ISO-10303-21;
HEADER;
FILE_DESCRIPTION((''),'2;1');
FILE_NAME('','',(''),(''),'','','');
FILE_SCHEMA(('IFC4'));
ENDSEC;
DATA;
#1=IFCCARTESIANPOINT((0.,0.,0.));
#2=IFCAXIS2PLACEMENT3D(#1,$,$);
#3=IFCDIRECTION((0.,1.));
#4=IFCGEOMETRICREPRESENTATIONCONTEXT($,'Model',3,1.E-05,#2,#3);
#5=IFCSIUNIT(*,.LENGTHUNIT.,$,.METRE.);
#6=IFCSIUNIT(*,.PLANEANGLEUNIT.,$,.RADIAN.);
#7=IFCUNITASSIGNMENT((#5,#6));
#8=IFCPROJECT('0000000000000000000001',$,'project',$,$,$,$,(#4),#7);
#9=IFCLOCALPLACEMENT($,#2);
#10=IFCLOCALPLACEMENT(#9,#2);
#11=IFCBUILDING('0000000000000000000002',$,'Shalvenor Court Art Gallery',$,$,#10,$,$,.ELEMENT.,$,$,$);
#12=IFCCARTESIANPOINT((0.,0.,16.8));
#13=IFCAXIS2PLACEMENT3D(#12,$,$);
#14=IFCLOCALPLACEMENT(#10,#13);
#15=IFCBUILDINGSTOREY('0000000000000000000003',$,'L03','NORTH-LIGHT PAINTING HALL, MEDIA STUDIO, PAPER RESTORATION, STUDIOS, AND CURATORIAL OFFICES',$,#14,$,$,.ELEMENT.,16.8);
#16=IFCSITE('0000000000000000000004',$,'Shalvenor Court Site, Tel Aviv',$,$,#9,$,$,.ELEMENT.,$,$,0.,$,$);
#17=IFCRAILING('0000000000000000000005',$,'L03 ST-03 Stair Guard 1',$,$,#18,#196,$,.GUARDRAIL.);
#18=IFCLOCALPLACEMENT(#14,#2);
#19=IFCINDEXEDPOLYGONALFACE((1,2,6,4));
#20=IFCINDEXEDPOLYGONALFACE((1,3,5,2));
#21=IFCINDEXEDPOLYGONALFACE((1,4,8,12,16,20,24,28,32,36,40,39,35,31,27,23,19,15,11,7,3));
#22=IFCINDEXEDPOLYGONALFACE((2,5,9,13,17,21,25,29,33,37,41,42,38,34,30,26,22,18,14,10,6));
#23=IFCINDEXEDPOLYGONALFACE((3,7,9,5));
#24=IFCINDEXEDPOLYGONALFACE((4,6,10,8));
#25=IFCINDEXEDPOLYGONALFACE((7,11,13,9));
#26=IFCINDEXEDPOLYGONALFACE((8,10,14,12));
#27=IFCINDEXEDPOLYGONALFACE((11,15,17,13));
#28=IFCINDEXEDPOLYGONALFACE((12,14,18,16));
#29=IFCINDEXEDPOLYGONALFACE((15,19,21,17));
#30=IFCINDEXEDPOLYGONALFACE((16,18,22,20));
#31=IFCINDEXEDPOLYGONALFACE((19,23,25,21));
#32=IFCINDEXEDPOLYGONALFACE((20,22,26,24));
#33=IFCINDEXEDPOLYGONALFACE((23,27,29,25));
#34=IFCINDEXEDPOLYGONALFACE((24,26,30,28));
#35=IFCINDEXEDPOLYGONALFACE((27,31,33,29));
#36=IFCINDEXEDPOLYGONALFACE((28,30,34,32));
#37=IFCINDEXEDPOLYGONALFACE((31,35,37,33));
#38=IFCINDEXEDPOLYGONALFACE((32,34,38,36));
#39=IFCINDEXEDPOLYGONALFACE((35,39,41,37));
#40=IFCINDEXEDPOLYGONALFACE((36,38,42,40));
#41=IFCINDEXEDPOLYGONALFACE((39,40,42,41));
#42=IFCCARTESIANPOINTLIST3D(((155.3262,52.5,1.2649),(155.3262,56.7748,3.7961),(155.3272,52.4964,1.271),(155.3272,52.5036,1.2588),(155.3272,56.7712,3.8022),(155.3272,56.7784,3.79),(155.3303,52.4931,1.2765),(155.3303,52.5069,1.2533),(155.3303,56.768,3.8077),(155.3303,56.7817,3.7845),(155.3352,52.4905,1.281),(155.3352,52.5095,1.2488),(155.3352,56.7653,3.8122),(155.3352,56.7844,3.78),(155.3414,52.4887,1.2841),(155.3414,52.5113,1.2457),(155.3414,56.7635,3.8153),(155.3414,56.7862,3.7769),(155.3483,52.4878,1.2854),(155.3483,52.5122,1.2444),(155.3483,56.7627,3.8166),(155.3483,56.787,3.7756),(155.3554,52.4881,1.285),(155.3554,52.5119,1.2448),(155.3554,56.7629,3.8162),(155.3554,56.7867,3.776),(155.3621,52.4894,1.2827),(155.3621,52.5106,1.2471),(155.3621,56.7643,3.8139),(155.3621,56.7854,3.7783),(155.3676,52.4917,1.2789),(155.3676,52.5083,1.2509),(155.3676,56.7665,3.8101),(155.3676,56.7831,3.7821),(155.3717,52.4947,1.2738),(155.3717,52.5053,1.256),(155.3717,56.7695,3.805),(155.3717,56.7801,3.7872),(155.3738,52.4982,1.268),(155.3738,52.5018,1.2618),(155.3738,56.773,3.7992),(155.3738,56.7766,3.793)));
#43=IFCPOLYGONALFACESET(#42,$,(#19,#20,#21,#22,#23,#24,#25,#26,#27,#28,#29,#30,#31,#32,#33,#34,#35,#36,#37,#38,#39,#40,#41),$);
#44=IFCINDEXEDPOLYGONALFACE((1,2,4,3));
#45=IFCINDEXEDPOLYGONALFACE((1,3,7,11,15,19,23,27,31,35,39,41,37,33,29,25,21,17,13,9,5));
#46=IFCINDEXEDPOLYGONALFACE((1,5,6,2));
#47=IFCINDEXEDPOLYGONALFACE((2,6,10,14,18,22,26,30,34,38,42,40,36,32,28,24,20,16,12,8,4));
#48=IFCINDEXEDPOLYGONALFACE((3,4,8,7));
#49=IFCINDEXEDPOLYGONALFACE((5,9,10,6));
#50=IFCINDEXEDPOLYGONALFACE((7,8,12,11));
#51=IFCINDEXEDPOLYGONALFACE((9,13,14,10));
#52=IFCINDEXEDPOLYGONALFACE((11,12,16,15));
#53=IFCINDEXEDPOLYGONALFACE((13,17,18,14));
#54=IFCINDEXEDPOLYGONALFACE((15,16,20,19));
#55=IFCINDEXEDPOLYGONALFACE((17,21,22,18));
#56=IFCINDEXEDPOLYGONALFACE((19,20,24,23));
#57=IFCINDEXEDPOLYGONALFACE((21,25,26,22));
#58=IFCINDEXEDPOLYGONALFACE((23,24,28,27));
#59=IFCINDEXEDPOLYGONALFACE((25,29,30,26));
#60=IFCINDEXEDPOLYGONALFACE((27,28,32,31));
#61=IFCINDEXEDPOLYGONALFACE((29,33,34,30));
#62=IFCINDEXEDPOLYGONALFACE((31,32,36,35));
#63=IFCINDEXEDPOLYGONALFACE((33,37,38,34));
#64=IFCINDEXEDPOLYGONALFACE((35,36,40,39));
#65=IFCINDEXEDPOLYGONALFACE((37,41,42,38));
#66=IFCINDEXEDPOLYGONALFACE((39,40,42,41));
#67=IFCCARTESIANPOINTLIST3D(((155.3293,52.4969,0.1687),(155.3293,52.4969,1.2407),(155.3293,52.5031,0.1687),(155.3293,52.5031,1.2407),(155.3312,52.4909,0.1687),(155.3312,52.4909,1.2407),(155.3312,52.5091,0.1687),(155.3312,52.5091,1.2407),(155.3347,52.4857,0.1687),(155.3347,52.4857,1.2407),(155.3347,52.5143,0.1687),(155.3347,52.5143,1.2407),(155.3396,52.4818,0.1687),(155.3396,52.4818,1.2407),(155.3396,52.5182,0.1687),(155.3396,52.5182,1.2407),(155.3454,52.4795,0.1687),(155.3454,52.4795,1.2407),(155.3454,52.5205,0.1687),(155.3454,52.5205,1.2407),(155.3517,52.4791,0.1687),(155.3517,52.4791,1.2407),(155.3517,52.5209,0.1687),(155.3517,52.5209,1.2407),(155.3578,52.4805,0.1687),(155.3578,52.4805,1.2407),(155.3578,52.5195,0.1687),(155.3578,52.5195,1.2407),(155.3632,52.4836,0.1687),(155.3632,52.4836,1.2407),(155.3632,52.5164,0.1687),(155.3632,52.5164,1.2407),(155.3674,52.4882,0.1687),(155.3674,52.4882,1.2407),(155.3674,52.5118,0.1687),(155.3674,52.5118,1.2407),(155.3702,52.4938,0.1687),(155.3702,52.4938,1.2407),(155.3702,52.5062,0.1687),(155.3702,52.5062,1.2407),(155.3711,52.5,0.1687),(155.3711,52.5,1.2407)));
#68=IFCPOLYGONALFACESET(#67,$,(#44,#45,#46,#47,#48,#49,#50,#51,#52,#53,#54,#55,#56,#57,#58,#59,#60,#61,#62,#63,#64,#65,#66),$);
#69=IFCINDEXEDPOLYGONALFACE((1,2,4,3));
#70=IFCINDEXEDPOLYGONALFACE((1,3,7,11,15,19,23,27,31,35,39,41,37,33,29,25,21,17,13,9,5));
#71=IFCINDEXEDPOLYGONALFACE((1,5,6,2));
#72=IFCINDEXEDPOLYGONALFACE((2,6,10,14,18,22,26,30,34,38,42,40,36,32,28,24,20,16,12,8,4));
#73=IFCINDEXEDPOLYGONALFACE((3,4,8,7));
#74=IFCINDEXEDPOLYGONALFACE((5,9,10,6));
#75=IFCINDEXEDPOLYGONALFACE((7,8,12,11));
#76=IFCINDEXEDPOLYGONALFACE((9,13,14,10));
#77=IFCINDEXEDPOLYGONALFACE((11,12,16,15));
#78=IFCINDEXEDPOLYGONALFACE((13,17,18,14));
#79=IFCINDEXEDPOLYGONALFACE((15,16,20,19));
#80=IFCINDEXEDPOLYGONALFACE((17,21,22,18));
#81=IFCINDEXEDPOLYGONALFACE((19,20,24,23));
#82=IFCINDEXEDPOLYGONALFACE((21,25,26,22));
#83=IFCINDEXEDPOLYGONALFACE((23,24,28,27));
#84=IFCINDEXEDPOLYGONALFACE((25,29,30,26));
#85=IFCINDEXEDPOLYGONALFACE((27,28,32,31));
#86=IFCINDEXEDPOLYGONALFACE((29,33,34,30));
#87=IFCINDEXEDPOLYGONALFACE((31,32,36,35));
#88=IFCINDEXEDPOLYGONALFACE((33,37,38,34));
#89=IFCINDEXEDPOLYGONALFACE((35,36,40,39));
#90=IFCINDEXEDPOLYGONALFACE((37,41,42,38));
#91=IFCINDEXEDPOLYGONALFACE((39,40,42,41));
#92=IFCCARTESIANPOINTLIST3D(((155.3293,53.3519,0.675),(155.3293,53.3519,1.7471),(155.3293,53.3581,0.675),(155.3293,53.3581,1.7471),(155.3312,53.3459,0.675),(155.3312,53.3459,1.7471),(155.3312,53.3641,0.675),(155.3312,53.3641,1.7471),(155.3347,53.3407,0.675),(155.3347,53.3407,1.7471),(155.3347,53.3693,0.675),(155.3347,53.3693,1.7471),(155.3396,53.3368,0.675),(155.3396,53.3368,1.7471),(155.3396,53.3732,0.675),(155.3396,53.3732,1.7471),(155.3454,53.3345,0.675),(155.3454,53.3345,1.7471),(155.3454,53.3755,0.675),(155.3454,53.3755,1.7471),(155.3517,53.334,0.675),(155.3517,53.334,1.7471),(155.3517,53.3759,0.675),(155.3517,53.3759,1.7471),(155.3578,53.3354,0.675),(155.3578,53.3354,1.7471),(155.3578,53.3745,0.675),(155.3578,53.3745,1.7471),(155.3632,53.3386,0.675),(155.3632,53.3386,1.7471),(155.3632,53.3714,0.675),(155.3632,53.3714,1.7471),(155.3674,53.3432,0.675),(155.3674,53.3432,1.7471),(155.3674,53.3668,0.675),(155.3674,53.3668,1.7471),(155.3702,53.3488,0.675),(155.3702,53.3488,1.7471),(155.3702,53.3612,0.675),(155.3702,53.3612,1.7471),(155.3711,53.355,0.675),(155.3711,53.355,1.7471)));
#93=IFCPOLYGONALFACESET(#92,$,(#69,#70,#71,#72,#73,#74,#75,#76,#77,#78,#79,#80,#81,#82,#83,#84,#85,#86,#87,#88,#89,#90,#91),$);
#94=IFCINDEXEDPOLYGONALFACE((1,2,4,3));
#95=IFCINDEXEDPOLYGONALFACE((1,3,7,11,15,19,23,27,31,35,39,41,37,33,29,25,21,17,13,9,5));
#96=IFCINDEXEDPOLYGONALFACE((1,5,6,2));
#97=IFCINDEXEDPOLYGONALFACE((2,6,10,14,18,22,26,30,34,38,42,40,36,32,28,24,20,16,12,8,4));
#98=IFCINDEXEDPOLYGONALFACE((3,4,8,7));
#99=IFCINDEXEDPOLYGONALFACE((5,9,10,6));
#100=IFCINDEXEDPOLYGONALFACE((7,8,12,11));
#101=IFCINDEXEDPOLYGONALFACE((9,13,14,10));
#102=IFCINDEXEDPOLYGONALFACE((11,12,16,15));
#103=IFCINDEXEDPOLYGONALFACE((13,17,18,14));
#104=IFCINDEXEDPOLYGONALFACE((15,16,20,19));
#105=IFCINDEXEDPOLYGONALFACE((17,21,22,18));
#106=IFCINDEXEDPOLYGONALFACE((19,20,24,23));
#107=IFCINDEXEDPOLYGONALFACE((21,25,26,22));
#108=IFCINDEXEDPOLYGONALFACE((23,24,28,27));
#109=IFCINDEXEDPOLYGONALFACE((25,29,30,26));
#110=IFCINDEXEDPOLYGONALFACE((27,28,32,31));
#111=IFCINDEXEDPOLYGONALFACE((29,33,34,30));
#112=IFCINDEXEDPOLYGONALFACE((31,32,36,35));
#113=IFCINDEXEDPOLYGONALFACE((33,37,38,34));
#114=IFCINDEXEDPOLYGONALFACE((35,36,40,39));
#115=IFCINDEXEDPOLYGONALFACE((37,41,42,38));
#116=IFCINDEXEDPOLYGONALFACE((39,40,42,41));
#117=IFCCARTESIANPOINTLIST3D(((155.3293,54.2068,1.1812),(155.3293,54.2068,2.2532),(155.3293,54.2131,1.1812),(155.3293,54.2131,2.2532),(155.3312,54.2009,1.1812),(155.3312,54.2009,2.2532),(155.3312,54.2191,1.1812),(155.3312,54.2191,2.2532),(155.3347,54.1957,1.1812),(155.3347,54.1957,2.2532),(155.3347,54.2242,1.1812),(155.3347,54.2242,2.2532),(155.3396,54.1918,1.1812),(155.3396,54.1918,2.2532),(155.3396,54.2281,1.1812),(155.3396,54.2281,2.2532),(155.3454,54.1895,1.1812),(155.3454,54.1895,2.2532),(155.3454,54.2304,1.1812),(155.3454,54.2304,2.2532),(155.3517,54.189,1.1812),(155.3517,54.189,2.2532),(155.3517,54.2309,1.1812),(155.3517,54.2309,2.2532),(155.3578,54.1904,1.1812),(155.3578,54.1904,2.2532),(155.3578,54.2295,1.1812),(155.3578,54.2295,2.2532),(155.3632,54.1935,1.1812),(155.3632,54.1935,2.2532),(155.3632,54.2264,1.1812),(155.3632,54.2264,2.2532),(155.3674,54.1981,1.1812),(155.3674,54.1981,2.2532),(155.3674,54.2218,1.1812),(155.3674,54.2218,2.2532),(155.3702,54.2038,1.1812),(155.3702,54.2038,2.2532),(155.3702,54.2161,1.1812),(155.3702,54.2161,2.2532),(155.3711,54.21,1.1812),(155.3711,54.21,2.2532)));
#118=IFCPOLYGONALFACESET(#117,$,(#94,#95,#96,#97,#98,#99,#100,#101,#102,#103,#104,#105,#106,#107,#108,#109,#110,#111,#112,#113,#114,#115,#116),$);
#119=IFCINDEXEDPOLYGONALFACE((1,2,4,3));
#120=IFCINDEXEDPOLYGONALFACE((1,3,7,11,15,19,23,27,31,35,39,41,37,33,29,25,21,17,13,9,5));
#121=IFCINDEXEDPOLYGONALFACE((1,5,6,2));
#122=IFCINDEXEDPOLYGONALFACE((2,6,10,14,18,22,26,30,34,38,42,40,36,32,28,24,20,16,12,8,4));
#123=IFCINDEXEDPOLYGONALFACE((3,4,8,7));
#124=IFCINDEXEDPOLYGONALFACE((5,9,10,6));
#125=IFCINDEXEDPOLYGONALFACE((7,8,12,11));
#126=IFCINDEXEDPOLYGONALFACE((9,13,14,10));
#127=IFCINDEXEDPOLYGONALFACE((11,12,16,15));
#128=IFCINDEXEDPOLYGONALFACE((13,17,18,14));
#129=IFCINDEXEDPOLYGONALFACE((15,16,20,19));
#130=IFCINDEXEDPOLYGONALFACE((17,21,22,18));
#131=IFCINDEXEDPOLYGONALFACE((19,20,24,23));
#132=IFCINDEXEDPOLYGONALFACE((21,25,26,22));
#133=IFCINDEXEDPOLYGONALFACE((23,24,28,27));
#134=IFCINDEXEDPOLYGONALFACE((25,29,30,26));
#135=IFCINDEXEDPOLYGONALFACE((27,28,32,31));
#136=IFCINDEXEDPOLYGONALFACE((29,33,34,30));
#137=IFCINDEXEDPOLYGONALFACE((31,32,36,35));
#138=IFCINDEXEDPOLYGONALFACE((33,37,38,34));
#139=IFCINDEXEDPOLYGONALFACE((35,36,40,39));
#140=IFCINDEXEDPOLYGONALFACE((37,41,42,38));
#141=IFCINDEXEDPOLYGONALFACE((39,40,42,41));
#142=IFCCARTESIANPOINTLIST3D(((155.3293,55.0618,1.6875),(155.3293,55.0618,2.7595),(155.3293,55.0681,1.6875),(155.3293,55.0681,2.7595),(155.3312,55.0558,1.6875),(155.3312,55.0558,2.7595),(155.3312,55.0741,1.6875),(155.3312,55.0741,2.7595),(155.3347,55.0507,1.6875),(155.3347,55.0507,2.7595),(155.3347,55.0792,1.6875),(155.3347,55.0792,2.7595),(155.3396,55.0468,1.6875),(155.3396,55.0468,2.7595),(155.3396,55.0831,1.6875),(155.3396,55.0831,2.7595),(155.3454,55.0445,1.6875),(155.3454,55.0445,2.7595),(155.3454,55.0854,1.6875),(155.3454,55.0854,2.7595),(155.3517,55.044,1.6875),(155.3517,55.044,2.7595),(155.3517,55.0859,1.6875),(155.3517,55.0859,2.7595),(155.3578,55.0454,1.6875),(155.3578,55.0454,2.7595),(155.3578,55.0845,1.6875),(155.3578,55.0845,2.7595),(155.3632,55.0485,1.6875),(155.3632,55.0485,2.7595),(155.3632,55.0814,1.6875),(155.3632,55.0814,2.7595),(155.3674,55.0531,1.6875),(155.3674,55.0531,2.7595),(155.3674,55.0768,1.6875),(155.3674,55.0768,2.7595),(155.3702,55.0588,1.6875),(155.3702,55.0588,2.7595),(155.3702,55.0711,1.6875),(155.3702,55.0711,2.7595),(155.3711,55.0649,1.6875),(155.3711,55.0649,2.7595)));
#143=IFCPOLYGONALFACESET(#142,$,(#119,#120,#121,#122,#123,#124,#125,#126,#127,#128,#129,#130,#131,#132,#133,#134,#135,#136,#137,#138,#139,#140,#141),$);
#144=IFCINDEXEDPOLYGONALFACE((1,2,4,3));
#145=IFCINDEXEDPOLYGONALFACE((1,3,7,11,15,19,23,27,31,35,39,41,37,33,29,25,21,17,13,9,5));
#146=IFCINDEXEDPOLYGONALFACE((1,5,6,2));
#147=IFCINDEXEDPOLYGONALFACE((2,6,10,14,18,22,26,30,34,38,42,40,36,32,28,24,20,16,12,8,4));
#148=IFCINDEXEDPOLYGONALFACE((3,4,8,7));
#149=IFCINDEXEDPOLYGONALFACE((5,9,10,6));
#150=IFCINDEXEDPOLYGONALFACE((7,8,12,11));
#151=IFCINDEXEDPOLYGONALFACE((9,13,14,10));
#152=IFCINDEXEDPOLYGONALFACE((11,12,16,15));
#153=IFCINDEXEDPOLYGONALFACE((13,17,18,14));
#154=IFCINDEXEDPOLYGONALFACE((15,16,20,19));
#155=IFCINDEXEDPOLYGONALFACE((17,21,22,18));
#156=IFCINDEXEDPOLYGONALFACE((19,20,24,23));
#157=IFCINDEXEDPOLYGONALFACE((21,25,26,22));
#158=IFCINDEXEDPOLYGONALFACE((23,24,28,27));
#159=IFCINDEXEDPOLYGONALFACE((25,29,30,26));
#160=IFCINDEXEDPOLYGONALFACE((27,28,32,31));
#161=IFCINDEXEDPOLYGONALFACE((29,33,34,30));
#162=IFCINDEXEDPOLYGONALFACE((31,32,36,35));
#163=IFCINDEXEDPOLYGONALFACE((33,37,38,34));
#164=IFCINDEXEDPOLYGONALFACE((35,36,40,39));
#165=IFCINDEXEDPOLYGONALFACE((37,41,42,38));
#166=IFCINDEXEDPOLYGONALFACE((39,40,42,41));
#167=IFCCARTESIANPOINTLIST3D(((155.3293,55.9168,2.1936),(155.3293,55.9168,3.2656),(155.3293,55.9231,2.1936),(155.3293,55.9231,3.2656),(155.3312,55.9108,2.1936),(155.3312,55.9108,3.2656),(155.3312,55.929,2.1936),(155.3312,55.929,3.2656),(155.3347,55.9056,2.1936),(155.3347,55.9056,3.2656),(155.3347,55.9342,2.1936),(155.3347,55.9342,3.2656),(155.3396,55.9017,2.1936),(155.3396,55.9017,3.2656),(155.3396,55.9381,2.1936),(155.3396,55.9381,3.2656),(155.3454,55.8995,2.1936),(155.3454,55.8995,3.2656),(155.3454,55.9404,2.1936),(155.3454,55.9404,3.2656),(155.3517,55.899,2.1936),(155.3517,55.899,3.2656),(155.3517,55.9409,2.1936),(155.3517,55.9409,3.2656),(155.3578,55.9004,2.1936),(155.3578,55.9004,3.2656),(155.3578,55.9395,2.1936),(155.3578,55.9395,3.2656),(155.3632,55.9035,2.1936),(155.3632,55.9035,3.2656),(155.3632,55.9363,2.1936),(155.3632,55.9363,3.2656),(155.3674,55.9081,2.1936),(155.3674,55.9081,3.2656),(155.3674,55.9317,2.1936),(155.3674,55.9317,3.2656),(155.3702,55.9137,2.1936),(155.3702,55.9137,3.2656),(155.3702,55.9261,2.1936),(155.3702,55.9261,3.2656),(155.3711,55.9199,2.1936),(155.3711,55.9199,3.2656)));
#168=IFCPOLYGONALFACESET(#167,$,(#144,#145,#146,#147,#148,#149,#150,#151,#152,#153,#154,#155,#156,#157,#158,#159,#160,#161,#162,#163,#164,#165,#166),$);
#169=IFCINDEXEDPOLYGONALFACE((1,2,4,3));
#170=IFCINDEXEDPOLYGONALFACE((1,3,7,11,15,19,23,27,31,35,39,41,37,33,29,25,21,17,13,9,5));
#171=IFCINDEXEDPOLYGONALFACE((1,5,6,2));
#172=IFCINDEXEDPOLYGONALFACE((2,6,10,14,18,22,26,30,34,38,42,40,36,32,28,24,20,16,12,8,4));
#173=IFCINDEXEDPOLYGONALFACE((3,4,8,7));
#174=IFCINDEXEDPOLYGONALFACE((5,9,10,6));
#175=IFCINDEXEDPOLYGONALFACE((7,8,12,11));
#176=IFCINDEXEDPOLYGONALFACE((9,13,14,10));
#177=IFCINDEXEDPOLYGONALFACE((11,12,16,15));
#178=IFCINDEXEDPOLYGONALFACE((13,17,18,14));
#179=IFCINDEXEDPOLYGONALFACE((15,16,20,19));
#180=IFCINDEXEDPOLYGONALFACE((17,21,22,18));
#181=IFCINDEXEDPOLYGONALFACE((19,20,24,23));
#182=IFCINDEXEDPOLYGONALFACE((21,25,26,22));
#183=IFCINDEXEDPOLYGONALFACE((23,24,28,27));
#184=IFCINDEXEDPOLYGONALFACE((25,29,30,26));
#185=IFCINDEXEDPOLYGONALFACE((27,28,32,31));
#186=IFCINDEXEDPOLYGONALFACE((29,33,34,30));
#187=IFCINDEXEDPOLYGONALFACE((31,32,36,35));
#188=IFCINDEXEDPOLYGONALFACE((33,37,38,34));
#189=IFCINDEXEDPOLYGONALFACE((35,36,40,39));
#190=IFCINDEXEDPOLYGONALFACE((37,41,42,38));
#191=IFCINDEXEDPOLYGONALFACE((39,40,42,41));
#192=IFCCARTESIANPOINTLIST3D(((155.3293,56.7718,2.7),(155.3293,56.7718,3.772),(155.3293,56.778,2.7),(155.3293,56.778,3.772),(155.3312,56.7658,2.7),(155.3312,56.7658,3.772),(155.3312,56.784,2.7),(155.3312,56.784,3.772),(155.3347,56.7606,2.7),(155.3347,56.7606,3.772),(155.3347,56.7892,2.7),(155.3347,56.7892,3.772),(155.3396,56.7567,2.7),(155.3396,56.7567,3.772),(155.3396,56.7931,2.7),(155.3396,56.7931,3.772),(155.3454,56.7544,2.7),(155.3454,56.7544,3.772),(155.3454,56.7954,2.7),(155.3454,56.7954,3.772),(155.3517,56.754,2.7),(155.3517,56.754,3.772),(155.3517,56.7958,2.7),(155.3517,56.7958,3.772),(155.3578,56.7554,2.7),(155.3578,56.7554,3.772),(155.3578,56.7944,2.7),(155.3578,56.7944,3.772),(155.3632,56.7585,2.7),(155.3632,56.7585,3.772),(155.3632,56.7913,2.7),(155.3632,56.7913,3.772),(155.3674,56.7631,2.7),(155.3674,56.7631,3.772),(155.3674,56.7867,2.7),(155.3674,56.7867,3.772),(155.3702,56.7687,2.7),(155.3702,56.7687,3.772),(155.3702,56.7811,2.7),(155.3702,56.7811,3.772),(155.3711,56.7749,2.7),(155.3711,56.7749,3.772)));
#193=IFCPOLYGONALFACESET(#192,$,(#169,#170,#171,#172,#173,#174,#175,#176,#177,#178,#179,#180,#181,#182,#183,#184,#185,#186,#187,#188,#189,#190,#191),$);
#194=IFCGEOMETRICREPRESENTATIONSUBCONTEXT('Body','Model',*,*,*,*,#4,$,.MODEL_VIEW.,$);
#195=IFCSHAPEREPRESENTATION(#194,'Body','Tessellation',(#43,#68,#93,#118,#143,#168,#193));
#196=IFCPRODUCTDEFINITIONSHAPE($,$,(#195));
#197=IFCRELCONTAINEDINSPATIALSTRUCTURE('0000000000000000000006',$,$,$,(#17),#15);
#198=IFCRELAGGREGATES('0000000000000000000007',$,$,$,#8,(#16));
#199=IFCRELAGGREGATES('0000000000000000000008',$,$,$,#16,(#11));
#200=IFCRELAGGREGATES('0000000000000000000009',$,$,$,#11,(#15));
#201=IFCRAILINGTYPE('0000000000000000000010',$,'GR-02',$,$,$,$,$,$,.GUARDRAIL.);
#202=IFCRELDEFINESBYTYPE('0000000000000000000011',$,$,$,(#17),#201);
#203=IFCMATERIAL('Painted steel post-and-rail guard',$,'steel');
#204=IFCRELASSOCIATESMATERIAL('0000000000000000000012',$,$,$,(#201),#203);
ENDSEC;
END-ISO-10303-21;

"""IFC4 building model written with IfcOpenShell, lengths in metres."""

from ifc_helpers import new_model, si_unit, direction, frame, origin, origin_2d, place, context, subcontext, project, spatial, circle, extrude, material, type_object, element, save


model = new_model("IFC4")

# Units and contexts
model_context = context("Model", 3, precision=1e-05, world=origin(), true_north=direction((0.0, 1.0)))
body_context = subcontext(model_context, "Body", "Model", "MODEL_VIEW")
ifc_project = project(units=[si_unit("LENGTHUNIT", "METRE"), si_unit("PLANEANGLEUNIT", "RADIAN")], contexts=[model_context])

# Site, building, storey
site_placement = place(None, origin())
site = spatial("IfcSite", under=ifc_project, at=site_placement, Name="Shalvenor Court Site, Tel Aviv", CompositionType="ELEMENT", RefElevation=0.0)
building_placement = place(site_placement, origin())
building = spatial("IfcBuilding", under=site, at=building_placement, Name="Shalvenor Court Art Gallery", CompositionType="ELEMENT")
storey_placement = place(building_placement, frame((0.0, 0.0, 16.8)))
storey = spatial("IfcBuildingStorey", under=building, at=storey_placement, Name="L03", Description="NORTH-LIGHT PAINTING HALL, MEDIA STUDIO, PAPER RESTORATION, STUDIOS, AND CURATORIAL OFFICES", CompositionType="ELEMENT", Elevation=16.8)

# Railing
ifc_material_1 = material(Name="Painted steel post-and-rail guard", Category="steel")
railing_type_1 = type_object("IfcRailingType", Name="GR-02", PredefinedType="GUARDRAIL", material=ifc_material_1)
railing_1_placement = place(storey_placement, frame((155.3501, 52.5, 0.1687)))
element("IfcRailing", 1, at=railing_1_placement, inside=storey, type_object=railing_type_1, Name="L03 ST-03 Stair Guard 1", PredefinedType="GUARDRAIL", context=body_context, shape_type="SweptSolid", body=[
    extrude(circle(Radius=0.0239, at=origin_2d()), frame((0.0, 0.0, 1.0962), z_axis=(0.0, 0.86047, 0.509501), x_axis=(-1.0, 0.0, 0.0)), (0.0, 0.0, 1.0), 4.968),
    extrude(circle(Radius=0.021, at=origin_2d()), origin(), (0.0, 0.0, 1.0), 1.072),
    extrude(circle(Radius=0.021, at=origin_2d()), frame((0.0, 0.855, 0.5063)), (0.0, 0.0, 1.0), 1.072),
    extrude(circle(Radius=0.021, at=origin_2d()), frame((0.0, 1.71, 1.0125)), (0.0, 0.0, 1.0), 1.072),
    extrude(circle(Radius=0.021, at=origin_2d()), frame((0.0, 2.5649, 1.5188)), (0.0, 0.0, 1.0), 1.072),
    extrude(circle(Radius=0.021, at=origin_2d()), frame((0.0, 3.4199, 2.0249)), (0.0, 0.0, 1.0), 1.072),
    extrude(circle(Radius=0.021, at=origin_2d()), frame((0.0, 4.2749, 2.5312)), (0.0, 0.0, 1.0), 1.072),
])

save(model, "model.ifc")
